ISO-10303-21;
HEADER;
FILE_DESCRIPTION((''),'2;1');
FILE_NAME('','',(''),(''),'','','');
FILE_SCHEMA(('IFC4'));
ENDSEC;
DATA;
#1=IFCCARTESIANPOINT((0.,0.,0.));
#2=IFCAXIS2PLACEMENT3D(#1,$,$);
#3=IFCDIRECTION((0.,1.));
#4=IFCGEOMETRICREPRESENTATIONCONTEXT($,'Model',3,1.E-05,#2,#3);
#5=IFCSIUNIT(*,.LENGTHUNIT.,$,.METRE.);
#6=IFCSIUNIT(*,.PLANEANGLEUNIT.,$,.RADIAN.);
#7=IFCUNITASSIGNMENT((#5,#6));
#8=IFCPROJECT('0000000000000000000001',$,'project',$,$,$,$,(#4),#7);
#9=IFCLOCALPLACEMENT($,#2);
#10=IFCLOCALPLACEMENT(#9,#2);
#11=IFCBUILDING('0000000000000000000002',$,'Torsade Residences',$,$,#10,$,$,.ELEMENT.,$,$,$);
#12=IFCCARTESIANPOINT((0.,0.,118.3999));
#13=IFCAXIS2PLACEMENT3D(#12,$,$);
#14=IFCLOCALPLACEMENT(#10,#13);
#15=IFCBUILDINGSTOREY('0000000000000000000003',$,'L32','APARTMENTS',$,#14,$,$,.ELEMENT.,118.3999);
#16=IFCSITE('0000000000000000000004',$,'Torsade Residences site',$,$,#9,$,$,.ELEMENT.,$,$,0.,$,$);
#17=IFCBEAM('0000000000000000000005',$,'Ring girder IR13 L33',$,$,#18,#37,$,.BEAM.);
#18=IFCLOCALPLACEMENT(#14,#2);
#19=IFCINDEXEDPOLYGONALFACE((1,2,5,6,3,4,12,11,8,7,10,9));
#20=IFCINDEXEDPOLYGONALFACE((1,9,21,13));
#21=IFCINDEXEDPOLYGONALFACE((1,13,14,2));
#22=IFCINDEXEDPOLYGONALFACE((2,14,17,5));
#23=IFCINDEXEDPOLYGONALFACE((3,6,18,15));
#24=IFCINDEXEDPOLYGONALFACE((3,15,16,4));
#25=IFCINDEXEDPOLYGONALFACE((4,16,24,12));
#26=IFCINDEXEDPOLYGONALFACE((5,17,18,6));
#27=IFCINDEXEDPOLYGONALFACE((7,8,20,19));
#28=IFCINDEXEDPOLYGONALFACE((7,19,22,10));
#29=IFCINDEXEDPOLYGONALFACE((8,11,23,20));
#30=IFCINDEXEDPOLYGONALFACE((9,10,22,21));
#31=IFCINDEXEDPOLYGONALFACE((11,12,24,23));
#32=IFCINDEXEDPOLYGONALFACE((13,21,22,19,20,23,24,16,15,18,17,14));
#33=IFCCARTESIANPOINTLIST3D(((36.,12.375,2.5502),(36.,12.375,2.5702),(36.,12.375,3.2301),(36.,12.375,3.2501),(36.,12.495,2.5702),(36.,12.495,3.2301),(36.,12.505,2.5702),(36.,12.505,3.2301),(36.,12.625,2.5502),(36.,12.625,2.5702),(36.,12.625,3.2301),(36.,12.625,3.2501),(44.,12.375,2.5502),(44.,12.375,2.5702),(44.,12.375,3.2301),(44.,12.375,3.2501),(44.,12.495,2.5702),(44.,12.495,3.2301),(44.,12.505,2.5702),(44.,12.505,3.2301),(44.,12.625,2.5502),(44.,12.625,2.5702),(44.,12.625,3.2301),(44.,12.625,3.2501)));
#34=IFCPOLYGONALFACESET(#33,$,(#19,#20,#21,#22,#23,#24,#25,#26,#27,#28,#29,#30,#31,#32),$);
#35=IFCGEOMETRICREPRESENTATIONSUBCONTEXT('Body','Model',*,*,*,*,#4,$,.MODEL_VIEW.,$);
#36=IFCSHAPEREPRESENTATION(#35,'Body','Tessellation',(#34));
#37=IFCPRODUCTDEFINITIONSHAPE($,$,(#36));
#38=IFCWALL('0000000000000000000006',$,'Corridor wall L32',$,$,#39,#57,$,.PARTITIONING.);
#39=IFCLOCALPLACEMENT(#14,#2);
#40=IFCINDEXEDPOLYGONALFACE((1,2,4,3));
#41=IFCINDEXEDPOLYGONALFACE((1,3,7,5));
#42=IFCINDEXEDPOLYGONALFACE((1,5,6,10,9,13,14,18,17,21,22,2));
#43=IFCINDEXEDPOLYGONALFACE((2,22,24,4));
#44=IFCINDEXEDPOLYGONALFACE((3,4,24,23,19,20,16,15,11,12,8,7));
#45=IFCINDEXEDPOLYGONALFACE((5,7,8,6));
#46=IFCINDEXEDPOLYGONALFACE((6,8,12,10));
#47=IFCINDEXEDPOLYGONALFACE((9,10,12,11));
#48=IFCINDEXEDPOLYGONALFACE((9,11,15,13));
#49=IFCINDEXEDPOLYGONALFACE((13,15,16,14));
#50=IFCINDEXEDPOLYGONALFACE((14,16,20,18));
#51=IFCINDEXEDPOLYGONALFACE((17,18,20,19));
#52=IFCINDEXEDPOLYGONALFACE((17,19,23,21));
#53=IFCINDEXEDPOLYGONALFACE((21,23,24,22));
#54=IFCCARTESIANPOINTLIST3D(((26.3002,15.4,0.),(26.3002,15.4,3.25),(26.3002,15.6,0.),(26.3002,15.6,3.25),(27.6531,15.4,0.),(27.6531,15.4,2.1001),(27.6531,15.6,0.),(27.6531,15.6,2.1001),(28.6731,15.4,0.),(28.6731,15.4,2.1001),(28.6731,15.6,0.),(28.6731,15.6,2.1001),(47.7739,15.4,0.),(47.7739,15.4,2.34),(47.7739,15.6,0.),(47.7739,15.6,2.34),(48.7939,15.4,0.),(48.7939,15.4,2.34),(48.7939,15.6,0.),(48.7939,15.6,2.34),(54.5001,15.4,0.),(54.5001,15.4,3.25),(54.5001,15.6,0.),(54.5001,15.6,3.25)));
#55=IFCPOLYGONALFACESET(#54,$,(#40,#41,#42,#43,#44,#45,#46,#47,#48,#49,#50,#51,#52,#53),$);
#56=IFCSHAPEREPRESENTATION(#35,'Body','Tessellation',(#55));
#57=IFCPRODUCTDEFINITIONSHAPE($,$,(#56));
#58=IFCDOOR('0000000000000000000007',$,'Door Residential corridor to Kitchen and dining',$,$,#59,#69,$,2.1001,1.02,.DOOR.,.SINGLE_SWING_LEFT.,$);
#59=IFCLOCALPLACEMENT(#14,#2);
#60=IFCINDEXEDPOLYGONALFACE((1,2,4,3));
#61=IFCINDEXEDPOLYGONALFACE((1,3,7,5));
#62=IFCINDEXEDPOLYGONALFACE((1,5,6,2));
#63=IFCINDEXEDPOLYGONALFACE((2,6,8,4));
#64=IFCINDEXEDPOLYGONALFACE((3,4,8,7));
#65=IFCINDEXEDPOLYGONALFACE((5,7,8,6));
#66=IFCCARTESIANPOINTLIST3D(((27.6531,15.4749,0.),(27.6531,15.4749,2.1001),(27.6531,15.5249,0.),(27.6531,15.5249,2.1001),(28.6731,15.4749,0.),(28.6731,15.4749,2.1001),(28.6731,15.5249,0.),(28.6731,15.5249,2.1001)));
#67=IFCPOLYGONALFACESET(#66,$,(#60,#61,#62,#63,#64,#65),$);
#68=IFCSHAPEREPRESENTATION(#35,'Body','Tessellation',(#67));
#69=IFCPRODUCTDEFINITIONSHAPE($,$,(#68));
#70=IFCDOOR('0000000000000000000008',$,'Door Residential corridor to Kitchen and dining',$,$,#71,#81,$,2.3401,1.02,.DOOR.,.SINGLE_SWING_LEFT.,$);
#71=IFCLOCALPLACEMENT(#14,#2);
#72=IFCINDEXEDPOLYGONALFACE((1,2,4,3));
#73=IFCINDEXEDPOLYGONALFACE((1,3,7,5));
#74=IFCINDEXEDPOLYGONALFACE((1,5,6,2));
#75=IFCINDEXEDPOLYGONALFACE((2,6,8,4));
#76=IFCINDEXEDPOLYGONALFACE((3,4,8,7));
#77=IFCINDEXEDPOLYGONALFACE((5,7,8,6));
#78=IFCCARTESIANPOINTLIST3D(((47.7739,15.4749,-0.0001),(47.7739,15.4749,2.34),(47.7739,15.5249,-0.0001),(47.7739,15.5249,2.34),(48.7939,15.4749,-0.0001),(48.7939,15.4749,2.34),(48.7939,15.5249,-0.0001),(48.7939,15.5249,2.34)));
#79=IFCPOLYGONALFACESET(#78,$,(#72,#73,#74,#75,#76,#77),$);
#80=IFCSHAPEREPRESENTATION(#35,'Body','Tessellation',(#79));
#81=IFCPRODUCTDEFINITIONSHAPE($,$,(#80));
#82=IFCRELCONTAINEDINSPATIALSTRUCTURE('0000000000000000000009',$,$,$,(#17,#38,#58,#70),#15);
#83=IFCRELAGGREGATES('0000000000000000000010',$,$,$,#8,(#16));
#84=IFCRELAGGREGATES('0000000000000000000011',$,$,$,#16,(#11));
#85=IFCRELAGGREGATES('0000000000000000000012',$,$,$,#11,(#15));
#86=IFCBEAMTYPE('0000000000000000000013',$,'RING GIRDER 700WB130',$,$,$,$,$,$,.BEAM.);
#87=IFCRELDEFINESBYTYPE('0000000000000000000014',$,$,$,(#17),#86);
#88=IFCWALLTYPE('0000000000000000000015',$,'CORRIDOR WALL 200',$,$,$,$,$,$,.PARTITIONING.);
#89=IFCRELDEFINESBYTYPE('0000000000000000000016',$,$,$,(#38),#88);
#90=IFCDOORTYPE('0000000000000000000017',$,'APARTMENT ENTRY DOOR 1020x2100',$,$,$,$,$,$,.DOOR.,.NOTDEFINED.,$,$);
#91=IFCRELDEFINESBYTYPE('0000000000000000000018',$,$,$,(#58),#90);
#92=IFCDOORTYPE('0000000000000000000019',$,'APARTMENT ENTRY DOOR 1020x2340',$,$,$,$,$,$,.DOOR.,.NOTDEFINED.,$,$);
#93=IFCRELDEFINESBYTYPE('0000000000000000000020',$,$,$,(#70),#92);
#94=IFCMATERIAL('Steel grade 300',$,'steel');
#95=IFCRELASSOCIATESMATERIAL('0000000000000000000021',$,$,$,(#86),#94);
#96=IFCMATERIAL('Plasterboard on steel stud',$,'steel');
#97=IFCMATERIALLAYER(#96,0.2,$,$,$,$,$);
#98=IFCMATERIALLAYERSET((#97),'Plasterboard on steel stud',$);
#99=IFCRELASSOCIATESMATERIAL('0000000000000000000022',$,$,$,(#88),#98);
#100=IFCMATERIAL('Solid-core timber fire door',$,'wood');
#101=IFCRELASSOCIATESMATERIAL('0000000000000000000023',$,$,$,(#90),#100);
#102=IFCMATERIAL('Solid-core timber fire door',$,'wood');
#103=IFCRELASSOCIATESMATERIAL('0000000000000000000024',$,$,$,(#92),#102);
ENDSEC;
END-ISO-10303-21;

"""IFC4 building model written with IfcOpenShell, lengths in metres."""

from ifc_helpers import new_model, si_unit, direction, frame, frame_2d, origin, origin_2d, place, context, subcontext, project, spatial, rectangle, i_section, extrude, material, layer, layer_set, material_profile, profile_set, type_object, element, fill, save


model = new_model("IFC4")

# Units and contexts
model_context = context("Model", 3, precision=1e-05, world=origin(), true_north=direction((0.0, 1.0)))
body_context = subcontext(model_context, "Body", "Model", "MODEL_VIEW")
ifc_project = project(units=[si_unit("LENGTHUNIT", "METRE"), si_unit("PLANEANGLEUNIT", "RADIAN")], contexts=[model_context])

# Site, building, storey
site_placement = place(None, origin())
site = spatial("IfcSite", under=ifc_project, at=site_placement, Name="Torsade Residences site", CompositionType="ELEMENT", RefElevation=0.0)
building_placement = place(site_placement, origin())
building = spatial("IfcBuilding", under=site, at=building_placement, Name="Torsade Residences", CompositionType="ELEMENT")
storey_placement = place(building_placement, frame((0.0, 0.0, 118.3999)))
storey = spatial("IfcBuildingStorey", under=building, at=storey_placement, Name="L32", Description="APARTMENTS", CompositionType="ELEMENT", Elevation=118.3999)

# Beam
ifc_material_1 = material(Name="Steel grade 300", Category="steel")
ifc_material_profile_1 = material_profile(ifc_material_1, i_section(OverallWidth=0.25, OverallDepth=0.7, WebThickness=0.01, FlangeThickness=0.02, at=origin_2d()), Name="700WB130")
ifc_profile_set_1 = profile_set([ifc_material_profile_1], Name="Steel grade 300")
beam_type_1 = type_object("IfcBeamType", Name="RING GIRDER 700WB130", PredefinedType="BEAM", material=ifc_profile_set_1)
beam_1_placement = place(storey_placement, frame((36.0, 12.5, 2.9001), z_axis=(1.0, 0.0, 0.0), x_axis=(0.0, 1.0, 0.0)))
element("IfcBeam", 1, at=beam_1_placement, inside=storey, type_object=beam_type_1, Name="Ring girder IR13 L33", PredefinedType="BEAM", context=body_context, shape_type="SweptSolid", body=[
    extrude(i_section(OverallWidth=0.25, OverallDepth=0.7, WebThickness=0.01, FlangeThickness=0.02, at=origin_2d()), origin(), (0.0, 0.0, 1.0), 8.0),
])

# Wall, openings, doors
ifc_material_2 = material(Name="Plasterboard on steel stud", Category="steel")
ifc_layer_1 = layer(ifc_material_2, 0.2)
ifc_layer_set_1 = layer_set([ifc_layer_1], Name="Plasterboard on steel stud")
wall_type_1 = type_object("IfcWallType", Name="CORRIDOR WALL 200", PredefinedType="PARTITIONING", material=ifc_layer_set_1)
wall_1_placement = place(storey_placement, frame((26.3, 15.5, 0.0), z_axis=(0.0, 0.0, 1.0), x_axis=(1.0, 0.0, 0.0)))
wall_1 = element("IfcWall", 2, at=wall_1_placement, inside=storey, type_object=wall_type_1, Name="Corridor wall L32", PredefinedType="PARTITIONING", context=body_context, shape_type="SweptSolid", body=[
    extrude(rectangle(XDim=28.2, YDim=0.2, at=frame_2d((14.1001, 0.0))), origin(), (0.0, 0.0, 1.0), 3.25),
])
opening_1_placement = place(wall_1_placement, frame((21.4739, 0.0, 0.0)))
opening_1 = element("IfcOpeningElement", 3, at=opening_1_placement, cuts=wall_1, PredefinedType="OPENING", context=body_context, shape_type="SweptSolid", body=[
    extrude(rectangle(XDim=1.02, YDim=2.3401, at=frame_2d((0.51, 1.1699))), frame((0.0, 0.1099, 0.0), z_axis=(0.0, -1.0, 0.0), x_axis=(1.0, 0.0, 0.0)), (0.0, 0.0, 1.0), 0.22),
])
opening_2_placement = place(wall_1_placement, frame((1.353, 0.0, 0.0)))
opening_2 = element("IfcOpeningElement", 4, at=opening_2_placement, cuts=wall_1, PredefinedType="OPENING", context=body_context, shape_type="SweptSolid", body=[
    extrude(rectangle(XDim=1.02, YDim=2.1001, at=frame_2d((0.51, 1.05))), frame((0.0, 0.1099, 0.0), z_axis=(0.0, -1.0, 0.0), x_axis=(1.0, 0.0, 0.0)), (0.0, 0.0, 1.0), 0.22),
])
ifc_material_3 = material(Name="Solid-core timber fire door", Category="wood")
door_type_1 = type_object("IfcDoorType", Name="APARTMENT ENTRY DOOR 1020x2100", OperationType="NOTDEFINED", PredefinedType="DOOR", material=ifc_material_3)
door_1_placement = place(opening_2_placement, origin())
door_1 = element("IfcDoor", 5, at=door_1_placement, inside=storey, type_object=door_type_1, Name="Door Residential corridor to Kitchen and dining", OperationType="SINGLE_SWING_LEFT", OverallHeight=2.1001, OverallWidth=1.02, PredefinedType="DOOR", context=body_context, shape_type="SweptSolid", body=[
    extrude(rectangle(XDim=1.02, YDim=2.1001, at=frame_2d((0.51, 1.05))), frame((0.0, 0.0249, 0.0), z_axis=(0.0, -1.0, 0.0), x_axis=(1.0, 0.0, 0.0)), (0.0, 0.0, 1.0), 0.05),
])
fill(opening_2, door_1)
ifc_material_4 = material(Name="Solid-core timber fire door", Category="wood")
door_type_2 = type_object("IfcDoorType", Name="APARTMENT ENTRY DOOR 1020x2340", OperationType="NOTDEFINED", PredefinedType="DOOR", material=ifc_material_4)
door_2_placement = place(opening_1_placement, origin())
door_2 = element("IfcDoor", 6, at=door_2_placement, inside=storey, type_object=door_type_2, Name="Door Residential corridor to Kitchen and dining", OperationType="SINGLE_SWING_LEFT", OverallHeight=2.3401, OverallWidth=1.02, PredefinedType="DOOR", context=body_context, shape_type="SweptSolid", body=[
    extrude(rectangle(XDim=1.02, YDim=2.3401, at=frame_2d((0.51, 1.1699))), frame((0.0, 0.0249, 0.0), z_axis=(0.0, -1.0, 0.0), x_axis=(1.0, 0.0, 0.0)), (0.0, 0.0, 1.0), 0.05),
])
fill(opening_1, door_2)

save(model, "model.ifc")
